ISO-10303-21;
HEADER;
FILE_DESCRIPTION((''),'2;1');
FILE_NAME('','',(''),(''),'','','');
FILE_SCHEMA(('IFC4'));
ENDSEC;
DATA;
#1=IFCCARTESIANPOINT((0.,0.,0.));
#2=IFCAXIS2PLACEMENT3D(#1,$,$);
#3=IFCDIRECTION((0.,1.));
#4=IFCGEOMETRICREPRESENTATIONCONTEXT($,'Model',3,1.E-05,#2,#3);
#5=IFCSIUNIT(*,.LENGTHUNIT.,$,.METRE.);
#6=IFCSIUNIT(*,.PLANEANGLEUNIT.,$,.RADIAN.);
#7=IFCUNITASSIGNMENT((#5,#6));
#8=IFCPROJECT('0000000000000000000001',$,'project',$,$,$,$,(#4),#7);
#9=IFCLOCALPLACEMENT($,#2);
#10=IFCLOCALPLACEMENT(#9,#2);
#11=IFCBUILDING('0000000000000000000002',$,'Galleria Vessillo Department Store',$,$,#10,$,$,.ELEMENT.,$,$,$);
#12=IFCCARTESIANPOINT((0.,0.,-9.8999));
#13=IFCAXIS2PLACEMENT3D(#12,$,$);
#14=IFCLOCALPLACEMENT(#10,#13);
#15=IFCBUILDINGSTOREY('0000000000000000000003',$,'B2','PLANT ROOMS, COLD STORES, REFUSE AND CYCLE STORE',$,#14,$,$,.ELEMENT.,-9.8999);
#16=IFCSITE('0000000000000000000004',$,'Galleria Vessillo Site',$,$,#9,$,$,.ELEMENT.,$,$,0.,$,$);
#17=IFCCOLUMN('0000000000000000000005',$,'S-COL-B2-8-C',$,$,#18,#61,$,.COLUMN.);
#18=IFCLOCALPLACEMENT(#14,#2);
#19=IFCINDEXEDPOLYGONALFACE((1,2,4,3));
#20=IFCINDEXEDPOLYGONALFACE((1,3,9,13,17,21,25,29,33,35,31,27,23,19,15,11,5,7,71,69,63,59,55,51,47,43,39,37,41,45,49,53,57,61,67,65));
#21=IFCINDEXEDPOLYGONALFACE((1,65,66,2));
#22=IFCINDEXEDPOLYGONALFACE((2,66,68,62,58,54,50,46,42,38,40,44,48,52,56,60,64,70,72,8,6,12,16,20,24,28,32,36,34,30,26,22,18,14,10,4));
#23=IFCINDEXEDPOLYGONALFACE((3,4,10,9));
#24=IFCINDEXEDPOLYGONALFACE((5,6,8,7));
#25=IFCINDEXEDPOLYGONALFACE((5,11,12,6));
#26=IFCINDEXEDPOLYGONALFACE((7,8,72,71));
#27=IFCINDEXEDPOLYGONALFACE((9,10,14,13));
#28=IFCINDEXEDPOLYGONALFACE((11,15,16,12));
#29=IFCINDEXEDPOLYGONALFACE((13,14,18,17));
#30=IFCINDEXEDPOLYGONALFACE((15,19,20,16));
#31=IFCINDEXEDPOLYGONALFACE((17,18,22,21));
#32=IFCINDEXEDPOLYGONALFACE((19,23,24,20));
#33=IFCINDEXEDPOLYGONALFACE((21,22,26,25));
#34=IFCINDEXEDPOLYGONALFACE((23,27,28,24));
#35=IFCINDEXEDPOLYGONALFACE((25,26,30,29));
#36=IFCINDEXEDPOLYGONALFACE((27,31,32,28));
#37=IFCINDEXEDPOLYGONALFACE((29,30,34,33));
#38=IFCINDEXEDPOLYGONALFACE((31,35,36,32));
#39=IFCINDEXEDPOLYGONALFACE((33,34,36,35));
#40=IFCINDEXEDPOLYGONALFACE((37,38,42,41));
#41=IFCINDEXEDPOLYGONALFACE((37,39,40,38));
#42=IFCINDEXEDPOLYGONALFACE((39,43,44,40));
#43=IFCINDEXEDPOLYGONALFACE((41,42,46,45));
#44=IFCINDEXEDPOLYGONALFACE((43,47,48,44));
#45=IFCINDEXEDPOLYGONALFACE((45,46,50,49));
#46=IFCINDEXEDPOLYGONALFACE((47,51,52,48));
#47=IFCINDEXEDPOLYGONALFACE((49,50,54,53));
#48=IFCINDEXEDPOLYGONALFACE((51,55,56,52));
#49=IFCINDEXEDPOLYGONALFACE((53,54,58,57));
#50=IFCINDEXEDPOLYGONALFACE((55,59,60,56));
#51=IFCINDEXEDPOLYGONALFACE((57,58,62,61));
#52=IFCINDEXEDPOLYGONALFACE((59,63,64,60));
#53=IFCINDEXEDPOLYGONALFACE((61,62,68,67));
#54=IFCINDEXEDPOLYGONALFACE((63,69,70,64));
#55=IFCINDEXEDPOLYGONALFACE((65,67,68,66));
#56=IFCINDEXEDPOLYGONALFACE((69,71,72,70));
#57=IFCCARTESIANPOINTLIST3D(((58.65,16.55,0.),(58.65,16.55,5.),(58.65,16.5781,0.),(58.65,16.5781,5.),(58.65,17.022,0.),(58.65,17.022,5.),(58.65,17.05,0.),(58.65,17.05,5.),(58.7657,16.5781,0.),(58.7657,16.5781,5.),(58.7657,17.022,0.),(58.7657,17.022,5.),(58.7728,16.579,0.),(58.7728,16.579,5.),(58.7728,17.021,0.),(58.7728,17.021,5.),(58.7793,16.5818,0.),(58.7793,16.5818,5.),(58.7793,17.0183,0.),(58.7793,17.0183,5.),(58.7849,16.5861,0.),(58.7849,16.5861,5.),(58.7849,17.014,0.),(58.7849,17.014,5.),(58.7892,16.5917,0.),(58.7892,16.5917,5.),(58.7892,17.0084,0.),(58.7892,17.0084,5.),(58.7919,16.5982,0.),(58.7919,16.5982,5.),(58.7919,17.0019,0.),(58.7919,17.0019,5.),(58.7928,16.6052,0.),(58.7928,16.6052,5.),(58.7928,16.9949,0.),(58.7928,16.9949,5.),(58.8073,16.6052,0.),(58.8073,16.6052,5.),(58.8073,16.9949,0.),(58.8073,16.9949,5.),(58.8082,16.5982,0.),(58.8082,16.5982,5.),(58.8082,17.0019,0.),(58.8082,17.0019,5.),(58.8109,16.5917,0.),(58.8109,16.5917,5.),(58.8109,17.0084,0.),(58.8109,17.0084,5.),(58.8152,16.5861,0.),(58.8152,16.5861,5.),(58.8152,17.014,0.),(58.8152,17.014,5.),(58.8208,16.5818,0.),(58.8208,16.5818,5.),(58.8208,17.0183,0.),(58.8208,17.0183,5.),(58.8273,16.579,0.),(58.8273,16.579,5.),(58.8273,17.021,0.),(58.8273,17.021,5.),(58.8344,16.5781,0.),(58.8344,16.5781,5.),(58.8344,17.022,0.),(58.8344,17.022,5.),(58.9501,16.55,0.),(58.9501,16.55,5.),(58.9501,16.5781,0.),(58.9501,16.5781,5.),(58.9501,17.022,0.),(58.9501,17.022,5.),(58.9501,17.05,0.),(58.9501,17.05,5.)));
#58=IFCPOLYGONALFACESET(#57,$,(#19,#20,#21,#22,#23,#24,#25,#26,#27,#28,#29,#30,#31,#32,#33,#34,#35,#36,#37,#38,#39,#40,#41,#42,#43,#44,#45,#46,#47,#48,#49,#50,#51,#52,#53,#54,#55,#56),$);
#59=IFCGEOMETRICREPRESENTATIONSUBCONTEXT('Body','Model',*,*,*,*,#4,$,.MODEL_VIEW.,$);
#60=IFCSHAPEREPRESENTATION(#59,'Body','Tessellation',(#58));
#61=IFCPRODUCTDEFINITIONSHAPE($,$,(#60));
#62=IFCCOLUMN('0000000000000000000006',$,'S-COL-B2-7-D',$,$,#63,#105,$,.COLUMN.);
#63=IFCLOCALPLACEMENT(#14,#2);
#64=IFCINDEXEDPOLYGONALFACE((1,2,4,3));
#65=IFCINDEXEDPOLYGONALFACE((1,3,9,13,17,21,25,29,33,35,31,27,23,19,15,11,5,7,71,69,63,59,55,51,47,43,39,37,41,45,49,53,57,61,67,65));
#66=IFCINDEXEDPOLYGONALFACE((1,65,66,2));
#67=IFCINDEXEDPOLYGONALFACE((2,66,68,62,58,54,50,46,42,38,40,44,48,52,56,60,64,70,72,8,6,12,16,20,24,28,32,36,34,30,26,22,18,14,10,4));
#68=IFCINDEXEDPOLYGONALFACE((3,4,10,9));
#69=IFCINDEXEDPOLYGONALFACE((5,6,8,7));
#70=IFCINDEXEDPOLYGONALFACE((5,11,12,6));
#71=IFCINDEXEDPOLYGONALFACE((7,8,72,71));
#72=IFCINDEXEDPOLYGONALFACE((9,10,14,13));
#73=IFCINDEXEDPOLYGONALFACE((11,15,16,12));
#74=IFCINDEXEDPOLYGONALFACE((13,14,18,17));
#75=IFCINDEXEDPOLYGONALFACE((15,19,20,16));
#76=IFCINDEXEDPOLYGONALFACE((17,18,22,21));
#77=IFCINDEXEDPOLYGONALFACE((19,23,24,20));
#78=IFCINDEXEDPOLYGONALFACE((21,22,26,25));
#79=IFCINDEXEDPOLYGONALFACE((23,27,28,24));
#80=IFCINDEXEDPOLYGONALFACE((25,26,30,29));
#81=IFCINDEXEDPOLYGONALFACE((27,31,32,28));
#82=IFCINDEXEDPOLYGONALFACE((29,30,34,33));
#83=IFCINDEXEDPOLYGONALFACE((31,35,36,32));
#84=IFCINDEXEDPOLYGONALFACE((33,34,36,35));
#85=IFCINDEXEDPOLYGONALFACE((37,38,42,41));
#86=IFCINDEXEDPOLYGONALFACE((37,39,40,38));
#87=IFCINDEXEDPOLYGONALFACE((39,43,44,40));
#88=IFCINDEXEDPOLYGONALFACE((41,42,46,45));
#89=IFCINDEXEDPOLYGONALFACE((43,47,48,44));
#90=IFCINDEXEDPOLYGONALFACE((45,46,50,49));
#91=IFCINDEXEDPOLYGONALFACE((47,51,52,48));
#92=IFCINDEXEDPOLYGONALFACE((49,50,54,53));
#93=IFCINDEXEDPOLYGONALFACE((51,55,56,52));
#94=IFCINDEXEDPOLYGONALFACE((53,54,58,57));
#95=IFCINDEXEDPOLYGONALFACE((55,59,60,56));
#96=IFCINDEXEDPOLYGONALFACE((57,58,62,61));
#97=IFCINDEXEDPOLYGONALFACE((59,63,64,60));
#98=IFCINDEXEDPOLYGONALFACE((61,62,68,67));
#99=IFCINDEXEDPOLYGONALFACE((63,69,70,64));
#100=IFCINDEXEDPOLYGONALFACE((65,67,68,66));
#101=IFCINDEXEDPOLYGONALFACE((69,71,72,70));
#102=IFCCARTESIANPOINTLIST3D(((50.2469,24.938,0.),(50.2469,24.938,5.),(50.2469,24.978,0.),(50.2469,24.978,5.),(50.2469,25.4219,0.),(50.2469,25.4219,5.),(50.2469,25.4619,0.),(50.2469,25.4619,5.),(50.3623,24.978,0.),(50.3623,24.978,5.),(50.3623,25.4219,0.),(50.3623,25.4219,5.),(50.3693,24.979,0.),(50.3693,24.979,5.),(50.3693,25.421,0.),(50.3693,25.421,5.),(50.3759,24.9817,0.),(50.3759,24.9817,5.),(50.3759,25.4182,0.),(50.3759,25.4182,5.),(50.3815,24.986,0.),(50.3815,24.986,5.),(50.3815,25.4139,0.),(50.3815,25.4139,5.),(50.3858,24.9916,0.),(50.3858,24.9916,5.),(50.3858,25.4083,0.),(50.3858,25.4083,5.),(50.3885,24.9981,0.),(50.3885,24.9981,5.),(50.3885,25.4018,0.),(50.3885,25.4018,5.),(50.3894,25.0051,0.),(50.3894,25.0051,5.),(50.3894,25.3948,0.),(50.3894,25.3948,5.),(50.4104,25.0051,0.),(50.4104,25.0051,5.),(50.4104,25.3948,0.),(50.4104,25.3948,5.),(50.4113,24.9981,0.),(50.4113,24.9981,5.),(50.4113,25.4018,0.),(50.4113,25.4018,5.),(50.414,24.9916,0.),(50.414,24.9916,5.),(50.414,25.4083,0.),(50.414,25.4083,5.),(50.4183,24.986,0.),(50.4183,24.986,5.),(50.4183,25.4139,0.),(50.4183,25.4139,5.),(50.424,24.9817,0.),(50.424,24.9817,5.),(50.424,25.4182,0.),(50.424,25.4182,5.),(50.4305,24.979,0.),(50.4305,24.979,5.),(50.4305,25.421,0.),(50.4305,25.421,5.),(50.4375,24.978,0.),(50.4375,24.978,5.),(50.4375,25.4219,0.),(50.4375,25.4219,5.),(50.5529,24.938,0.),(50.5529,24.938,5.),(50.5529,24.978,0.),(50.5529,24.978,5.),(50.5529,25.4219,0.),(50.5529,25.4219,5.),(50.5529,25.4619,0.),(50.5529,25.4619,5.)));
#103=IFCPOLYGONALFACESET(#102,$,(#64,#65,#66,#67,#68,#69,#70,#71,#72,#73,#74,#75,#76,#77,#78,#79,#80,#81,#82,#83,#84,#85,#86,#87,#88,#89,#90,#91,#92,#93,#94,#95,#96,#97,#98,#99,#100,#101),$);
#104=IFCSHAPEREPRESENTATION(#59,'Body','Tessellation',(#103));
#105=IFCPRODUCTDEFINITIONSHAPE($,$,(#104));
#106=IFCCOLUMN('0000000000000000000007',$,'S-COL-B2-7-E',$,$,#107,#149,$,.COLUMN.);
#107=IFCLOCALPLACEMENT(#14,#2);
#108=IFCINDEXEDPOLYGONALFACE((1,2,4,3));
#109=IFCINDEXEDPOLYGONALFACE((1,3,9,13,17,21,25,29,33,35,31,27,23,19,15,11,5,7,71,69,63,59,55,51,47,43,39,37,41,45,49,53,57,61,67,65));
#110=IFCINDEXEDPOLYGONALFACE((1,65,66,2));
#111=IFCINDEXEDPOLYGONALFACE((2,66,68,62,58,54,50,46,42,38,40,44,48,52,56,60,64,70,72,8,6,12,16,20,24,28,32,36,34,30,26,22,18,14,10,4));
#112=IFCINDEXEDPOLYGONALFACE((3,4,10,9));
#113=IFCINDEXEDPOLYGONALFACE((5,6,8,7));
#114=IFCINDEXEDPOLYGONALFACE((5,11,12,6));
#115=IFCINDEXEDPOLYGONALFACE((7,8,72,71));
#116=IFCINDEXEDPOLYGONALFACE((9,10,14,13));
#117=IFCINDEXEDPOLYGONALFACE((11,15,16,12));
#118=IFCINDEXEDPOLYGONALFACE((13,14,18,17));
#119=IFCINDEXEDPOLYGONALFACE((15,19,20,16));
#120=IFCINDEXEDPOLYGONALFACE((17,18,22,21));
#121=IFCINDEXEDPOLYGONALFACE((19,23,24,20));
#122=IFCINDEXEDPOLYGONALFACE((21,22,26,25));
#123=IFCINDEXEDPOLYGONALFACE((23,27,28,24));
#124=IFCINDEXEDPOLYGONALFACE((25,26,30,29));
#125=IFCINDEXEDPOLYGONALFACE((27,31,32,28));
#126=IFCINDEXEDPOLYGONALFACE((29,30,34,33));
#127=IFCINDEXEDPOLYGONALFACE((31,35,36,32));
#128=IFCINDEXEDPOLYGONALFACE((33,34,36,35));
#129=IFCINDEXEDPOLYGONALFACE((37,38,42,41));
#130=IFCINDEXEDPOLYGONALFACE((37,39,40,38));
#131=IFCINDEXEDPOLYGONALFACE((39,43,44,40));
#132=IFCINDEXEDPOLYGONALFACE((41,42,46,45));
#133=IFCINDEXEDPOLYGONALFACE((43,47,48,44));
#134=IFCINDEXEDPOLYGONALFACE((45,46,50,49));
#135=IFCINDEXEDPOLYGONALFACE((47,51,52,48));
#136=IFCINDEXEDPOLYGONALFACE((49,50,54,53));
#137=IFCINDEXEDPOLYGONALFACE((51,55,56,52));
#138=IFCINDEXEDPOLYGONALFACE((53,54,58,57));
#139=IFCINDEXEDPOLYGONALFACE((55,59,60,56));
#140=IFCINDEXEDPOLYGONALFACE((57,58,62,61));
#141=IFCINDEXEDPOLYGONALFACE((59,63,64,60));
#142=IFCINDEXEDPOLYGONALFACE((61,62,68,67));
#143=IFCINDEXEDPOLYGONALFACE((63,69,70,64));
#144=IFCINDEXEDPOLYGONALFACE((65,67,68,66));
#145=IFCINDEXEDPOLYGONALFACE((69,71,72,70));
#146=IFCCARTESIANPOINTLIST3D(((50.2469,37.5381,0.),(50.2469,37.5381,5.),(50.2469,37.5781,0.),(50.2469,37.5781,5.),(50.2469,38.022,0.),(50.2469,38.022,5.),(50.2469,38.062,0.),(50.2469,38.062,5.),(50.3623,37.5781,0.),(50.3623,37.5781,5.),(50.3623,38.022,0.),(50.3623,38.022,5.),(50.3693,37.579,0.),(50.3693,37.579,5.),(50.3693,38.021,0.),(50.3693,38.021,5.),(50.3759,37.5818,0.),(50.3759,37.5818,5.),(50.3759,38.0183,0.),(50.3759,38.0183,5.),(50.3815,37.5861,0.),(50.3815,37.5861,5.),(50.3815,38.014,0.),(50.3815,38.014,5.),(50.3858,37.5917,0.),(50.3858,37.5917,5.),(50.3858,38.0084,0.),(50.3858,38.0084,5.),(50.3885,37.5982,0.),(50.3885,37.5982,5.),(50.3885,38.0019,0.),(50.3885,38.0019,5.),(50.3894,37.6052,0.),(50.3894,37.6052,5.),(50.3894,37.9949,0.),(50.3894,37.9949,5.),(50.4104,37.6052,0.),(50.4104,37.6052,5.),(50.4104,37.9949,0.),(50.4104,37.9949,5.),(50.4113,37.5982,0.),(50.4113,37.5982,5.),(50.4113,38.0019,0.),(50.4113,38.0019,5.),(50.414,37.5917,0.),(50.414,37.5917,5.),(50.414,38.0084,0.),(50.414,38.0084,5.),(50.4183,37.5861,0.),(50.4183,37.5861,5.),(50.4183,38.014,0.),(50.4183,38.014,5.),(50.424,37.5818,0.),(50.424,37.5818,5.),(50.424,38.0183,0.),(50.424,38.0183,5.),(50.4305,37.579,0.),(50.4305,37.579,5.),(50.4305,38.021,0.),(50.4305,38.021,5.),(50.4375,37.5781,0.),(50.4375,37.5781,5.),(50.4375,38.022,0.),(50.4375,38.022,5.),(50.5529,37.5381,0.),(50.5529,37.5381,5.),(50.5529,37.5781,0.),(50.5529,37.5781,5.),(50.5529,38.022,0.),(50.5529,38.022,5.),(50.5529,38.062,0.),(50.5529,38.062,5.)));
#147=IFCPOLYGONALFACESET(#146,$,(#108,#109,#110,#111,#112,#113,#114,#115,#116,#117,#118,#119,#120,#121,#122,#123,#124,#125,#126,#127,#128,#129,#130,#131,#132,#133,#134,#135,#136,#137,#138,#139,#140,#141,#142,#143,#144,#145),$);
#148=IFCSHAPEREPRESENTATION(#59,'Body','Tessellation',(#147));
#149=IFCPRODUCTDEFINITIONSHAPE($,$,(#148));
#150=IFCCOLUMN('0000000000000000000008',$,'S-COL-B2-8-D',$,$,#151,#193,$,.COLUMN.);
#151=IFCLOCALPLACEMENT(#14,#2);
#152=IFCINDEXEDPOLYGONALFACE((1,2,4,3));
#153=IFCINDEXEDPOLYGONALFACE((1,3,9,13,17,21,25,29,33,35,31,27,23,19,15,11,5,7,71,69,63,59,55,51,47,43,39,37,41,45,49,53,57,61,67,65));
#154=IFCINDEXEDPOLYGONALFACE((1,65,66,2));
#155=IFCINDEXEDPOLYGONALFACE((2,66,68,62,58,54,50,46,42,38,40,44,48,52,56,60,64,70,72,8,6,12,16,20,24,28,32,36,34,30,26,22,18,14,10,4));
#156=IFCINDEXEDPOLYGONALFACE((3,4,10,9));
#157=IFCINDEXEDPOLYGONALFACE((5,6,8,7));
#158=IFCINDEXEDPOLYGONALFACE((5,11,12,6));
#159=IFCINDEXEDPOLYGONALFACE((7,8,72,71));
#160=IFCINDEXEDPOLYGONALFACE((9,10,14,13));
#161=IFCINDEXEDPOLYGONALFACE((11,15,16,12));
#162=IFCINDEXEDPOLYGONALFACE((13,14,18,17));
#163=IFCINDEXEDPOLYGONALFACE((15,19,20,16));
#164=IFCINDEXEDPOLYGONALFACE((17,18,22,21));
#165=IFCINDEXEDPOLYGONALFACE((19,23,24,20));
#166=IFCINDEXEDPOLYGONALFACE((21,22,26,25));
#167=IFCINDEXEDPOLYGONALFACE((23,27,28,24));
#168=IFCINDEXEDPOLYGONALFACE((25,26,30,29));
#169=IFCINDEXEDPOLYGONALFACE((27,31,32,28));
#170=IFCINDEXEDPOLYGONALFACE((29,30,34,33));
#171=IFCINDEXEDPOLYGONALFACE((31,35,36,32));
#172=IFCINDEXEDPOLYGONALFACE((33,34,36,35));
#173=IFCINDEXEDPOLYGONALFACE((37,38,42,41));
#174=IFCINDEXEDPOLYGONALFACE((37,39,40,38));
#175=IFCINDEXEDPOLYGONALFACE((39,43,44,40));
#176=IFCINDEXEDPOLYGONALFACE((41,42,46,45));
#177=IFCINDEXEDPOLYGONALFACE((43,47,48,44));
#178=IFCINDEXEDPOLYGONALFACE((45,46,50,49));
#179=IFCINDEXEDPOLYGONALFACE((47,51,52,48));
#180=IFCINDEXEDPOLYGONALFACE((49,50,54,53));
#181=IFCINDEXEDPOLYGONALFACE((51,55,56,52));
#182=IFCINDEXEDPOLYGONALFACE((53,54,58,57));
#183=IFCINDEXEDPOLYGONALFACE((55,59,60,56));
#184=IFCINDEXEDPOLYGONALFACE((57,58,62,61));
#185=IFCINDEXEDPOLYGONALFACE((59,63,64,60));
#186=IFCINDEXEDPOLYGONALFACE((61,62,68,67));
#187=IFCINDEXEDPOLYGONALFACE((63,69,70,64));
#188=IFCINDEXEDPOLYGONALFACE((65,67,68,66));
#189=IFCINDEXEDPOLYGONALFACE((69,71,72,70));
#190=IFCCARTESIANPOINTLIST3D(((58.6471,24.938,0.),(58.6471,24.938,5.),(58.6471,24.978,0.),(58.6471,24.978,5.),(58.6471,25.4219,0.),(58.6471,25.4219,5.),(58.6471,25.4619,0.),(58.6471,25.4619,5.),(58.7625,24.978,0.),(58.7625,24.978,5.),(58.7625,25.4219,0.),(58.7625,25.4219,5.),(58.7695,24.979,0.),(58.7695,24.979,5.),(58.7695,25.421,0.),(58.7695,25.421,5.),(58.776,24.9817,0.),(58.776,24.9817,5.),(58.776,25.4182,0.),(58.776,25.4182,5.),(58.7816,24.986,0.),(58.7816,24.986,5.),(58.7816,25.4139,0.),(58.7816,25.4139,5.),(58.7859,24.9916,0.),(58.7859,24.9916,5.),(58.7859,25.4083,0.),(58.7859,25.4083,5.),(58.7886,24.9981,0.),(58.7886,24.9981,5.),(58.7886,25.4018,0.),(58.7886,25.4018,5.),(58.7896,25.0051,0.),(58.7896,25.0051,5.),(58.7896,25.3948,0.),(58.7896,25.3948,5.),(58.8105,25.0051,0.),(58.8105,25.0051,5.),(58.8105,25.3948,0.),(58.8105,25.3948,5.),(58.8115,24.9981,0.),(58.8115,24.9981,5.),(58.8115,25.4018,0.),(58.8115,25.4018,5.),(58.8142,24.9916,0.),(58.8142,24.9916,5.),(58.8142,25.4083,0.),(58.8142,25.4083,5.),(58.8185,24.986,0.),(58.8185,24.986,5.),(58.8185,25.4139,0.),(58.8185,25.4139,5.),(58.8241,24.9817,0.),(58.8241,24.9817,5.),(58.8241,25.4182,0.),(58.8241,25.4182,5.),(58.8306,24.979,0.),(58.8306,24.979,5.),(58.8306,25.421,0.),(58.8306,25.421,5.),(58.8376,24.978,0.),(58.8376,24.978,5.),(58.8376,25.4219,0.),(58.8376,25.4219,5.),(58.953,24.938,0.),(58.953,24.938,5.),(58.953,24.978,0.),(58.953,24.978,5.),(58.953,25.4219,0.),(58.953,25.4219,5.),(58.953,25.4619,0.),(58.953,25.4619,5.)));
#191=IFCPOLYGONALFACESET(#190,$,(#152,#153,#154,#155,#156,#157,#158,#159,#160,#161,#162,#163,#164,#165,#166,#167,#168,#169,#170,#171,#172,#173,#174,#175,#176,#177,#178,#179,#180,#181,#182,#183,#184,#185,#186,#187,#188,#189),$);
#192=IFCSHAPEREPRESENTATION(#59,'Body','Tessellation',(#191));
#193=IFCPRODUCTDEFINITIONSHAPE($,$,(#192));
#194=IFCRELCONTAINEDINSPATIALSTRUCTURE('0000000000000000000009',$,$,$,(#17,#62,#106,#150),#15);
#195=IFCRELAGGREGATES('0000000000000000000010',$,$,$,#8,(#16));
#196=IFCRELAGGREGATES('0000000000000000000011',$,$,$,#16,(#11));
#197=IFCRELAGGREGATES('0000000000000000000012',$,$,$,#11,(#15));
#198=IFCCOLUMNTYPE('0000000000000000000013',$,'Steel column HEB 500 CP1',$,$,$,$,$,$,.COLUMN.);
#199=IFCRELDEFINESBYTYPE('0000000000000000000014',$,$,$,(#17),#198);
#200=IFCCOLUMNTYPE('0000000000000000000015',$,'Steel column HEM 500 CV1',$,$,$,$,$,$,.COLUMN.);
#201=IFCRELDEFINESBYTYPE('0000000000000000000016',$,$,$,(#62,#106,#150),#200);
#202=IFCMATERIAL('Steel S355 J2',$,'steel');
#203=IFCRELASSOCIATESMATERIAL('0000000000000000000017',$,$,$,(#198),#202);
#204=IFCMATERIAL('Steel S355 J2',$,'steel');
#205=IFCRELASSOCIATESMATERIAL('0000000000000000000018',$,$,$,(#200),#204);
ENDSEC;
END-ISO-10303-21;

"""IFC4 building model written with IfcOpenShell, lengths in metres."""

from ifc_helpers import new_model, si_unit, direction, frame, origin, origin_2d, place, context, subcontext, project, spatial, i_section, extrude, material, material_profile, profile_set, type_object, element, save


model = new_model("IFC4")

# Units and contexts
model_context = context("Model", 3, precision=1e-05, world=origin(), true_north=direction((0.0, 1.0)))
body_context = subcontext(model_context, "Body", "Model", "MODEL_VIEW")
ifc_project = project(units=[si_unit("LENGTHUNIT", "METRE"), si_unit("PLANEANGLEUNIT", "RADIAN")], contexts=[model_context])

# Site, building, storey
site_placement = place(None, origin())
site = spatial("IfcSite", under=ifc_project, at=site_placement, Name="Galleria Vessillo Site", CompositionType="ELEMENT", RefElevation=0.0)
building_placement = place(site_placement, origin())
building = spatial("IfcBuilding", under=site, at=building_placement, Name="Galleria Vessillo Department Store", CompositionType="ELEMENT")
storey_placement = place(building_placement, frame((0.0, 0.0, -9.8999)))
storey = spatial("IfcBuildingStorey", under=building, at=storey_placement, Name="B2", Description="PLANT ROOMS, COLD STORES, REFUSE AND CYCLE STORE", CompositionType="ELEMENT", Elevation=-9.8999)

# Columns
ifc_material_1 = material(Name="Steel S355 J2", Category="steel")
ifc_material_profile_1 = material_profile(ifc_material_1, i_section(OverallWidth=0.3, OverallDepth=0.5, WebThickness=0.0144, FlangeThickness=0.0281, FilletRadius=0.0271, at=origin_2d()), Name="HEB 500")
ifc_profile_set_1 = profile_set([ifc_material_profile_1], Name="Steel S355 J2")
column_type_1 = type_object("IfcColumnType", Name="Steel column HEB 500 CP1", PredefinedType="COLUMN", material=ifc_profile_set_1)
column_placement = place(storey_placement, frame((58.8, 16.8, 0.0), z_axis=(0.0, 0.0, 1.0), x_axis=(1.0, 0.0, 0.0)))
element("IfcColumn", 1, at=column_placement, inside=storey, type_object=column_type_1, Name="S-COL-B2-8-C", PredefinedType="COLUMN", context=body_context, shape_type="SweptSolid", body=[
    extrude(i_section(OverallWidth=0.3, OverallDepth=0.5, WebThickness=0.0144, FlangeThickness=0.0281, FilletRadius=0.0271, at=origin_2d()), origin(), (0.0, 0.0, 1.0), 5.0),
])
ifc_material_2 = material(Name="Steel S355 J2", Category="steel")
ifc_material_profile_2 = material_profile(ifc_material_2, i_section(OverallWidth=0.3059, OverallDepth=0.5239, WebThickness=0.021, FlangeThickness=0.04, FilletRadius=0.0271, at=origin_2d()), Name="HEM 500")
ifc_profile_set_2 = profile_set([ifc_material_profile_2], Name="Steel S355 J2")
column_type_2 = type_object("IfcColumnType", Name="Steel column HEM 500 CV1", PredefinedType="COLUMN", material=ifc_profile_set_2)
for number, where, z_axis, x_axis, name in (
    (2, (50.3999, 25.2, 0.0), (0.0, 0.0, 1.0), (1.0, 0.0, 0.0), "S-COL-B2-7-D"),
    (3, (50.3999, 37.8, 0.0), (0.0, 0.0, 1.0), (1.0, 0.0, 0.0), "S-COL-B2-7-E"),
    (4, (58.8, 25.2, 0.0), (0.0, 0.0, 1.0), (1.0, 0.0, 0.0), "S-COL-B2-8-D"),
):
    element("IfcColumn", number, at=place(storey_placement, frame(where, z_axis=z_axis, x_axis=x_axis)), inside=storey, type_object=column_type_2, Name=name, PredefinedType="COLUMN", context=body_context, shape_type="SweptSolid", body=[
        extrude(i_section(OverallWidth=0.3059, OverallDepth=0.5239, WebThickness=0.021, FlangeThickness=0.04, FilletRadius=0.0271, at=origin_2d()), origin(), (0.0, 0.0, 1.0), 5.0),
    ])

save(model, "model.ifc")
